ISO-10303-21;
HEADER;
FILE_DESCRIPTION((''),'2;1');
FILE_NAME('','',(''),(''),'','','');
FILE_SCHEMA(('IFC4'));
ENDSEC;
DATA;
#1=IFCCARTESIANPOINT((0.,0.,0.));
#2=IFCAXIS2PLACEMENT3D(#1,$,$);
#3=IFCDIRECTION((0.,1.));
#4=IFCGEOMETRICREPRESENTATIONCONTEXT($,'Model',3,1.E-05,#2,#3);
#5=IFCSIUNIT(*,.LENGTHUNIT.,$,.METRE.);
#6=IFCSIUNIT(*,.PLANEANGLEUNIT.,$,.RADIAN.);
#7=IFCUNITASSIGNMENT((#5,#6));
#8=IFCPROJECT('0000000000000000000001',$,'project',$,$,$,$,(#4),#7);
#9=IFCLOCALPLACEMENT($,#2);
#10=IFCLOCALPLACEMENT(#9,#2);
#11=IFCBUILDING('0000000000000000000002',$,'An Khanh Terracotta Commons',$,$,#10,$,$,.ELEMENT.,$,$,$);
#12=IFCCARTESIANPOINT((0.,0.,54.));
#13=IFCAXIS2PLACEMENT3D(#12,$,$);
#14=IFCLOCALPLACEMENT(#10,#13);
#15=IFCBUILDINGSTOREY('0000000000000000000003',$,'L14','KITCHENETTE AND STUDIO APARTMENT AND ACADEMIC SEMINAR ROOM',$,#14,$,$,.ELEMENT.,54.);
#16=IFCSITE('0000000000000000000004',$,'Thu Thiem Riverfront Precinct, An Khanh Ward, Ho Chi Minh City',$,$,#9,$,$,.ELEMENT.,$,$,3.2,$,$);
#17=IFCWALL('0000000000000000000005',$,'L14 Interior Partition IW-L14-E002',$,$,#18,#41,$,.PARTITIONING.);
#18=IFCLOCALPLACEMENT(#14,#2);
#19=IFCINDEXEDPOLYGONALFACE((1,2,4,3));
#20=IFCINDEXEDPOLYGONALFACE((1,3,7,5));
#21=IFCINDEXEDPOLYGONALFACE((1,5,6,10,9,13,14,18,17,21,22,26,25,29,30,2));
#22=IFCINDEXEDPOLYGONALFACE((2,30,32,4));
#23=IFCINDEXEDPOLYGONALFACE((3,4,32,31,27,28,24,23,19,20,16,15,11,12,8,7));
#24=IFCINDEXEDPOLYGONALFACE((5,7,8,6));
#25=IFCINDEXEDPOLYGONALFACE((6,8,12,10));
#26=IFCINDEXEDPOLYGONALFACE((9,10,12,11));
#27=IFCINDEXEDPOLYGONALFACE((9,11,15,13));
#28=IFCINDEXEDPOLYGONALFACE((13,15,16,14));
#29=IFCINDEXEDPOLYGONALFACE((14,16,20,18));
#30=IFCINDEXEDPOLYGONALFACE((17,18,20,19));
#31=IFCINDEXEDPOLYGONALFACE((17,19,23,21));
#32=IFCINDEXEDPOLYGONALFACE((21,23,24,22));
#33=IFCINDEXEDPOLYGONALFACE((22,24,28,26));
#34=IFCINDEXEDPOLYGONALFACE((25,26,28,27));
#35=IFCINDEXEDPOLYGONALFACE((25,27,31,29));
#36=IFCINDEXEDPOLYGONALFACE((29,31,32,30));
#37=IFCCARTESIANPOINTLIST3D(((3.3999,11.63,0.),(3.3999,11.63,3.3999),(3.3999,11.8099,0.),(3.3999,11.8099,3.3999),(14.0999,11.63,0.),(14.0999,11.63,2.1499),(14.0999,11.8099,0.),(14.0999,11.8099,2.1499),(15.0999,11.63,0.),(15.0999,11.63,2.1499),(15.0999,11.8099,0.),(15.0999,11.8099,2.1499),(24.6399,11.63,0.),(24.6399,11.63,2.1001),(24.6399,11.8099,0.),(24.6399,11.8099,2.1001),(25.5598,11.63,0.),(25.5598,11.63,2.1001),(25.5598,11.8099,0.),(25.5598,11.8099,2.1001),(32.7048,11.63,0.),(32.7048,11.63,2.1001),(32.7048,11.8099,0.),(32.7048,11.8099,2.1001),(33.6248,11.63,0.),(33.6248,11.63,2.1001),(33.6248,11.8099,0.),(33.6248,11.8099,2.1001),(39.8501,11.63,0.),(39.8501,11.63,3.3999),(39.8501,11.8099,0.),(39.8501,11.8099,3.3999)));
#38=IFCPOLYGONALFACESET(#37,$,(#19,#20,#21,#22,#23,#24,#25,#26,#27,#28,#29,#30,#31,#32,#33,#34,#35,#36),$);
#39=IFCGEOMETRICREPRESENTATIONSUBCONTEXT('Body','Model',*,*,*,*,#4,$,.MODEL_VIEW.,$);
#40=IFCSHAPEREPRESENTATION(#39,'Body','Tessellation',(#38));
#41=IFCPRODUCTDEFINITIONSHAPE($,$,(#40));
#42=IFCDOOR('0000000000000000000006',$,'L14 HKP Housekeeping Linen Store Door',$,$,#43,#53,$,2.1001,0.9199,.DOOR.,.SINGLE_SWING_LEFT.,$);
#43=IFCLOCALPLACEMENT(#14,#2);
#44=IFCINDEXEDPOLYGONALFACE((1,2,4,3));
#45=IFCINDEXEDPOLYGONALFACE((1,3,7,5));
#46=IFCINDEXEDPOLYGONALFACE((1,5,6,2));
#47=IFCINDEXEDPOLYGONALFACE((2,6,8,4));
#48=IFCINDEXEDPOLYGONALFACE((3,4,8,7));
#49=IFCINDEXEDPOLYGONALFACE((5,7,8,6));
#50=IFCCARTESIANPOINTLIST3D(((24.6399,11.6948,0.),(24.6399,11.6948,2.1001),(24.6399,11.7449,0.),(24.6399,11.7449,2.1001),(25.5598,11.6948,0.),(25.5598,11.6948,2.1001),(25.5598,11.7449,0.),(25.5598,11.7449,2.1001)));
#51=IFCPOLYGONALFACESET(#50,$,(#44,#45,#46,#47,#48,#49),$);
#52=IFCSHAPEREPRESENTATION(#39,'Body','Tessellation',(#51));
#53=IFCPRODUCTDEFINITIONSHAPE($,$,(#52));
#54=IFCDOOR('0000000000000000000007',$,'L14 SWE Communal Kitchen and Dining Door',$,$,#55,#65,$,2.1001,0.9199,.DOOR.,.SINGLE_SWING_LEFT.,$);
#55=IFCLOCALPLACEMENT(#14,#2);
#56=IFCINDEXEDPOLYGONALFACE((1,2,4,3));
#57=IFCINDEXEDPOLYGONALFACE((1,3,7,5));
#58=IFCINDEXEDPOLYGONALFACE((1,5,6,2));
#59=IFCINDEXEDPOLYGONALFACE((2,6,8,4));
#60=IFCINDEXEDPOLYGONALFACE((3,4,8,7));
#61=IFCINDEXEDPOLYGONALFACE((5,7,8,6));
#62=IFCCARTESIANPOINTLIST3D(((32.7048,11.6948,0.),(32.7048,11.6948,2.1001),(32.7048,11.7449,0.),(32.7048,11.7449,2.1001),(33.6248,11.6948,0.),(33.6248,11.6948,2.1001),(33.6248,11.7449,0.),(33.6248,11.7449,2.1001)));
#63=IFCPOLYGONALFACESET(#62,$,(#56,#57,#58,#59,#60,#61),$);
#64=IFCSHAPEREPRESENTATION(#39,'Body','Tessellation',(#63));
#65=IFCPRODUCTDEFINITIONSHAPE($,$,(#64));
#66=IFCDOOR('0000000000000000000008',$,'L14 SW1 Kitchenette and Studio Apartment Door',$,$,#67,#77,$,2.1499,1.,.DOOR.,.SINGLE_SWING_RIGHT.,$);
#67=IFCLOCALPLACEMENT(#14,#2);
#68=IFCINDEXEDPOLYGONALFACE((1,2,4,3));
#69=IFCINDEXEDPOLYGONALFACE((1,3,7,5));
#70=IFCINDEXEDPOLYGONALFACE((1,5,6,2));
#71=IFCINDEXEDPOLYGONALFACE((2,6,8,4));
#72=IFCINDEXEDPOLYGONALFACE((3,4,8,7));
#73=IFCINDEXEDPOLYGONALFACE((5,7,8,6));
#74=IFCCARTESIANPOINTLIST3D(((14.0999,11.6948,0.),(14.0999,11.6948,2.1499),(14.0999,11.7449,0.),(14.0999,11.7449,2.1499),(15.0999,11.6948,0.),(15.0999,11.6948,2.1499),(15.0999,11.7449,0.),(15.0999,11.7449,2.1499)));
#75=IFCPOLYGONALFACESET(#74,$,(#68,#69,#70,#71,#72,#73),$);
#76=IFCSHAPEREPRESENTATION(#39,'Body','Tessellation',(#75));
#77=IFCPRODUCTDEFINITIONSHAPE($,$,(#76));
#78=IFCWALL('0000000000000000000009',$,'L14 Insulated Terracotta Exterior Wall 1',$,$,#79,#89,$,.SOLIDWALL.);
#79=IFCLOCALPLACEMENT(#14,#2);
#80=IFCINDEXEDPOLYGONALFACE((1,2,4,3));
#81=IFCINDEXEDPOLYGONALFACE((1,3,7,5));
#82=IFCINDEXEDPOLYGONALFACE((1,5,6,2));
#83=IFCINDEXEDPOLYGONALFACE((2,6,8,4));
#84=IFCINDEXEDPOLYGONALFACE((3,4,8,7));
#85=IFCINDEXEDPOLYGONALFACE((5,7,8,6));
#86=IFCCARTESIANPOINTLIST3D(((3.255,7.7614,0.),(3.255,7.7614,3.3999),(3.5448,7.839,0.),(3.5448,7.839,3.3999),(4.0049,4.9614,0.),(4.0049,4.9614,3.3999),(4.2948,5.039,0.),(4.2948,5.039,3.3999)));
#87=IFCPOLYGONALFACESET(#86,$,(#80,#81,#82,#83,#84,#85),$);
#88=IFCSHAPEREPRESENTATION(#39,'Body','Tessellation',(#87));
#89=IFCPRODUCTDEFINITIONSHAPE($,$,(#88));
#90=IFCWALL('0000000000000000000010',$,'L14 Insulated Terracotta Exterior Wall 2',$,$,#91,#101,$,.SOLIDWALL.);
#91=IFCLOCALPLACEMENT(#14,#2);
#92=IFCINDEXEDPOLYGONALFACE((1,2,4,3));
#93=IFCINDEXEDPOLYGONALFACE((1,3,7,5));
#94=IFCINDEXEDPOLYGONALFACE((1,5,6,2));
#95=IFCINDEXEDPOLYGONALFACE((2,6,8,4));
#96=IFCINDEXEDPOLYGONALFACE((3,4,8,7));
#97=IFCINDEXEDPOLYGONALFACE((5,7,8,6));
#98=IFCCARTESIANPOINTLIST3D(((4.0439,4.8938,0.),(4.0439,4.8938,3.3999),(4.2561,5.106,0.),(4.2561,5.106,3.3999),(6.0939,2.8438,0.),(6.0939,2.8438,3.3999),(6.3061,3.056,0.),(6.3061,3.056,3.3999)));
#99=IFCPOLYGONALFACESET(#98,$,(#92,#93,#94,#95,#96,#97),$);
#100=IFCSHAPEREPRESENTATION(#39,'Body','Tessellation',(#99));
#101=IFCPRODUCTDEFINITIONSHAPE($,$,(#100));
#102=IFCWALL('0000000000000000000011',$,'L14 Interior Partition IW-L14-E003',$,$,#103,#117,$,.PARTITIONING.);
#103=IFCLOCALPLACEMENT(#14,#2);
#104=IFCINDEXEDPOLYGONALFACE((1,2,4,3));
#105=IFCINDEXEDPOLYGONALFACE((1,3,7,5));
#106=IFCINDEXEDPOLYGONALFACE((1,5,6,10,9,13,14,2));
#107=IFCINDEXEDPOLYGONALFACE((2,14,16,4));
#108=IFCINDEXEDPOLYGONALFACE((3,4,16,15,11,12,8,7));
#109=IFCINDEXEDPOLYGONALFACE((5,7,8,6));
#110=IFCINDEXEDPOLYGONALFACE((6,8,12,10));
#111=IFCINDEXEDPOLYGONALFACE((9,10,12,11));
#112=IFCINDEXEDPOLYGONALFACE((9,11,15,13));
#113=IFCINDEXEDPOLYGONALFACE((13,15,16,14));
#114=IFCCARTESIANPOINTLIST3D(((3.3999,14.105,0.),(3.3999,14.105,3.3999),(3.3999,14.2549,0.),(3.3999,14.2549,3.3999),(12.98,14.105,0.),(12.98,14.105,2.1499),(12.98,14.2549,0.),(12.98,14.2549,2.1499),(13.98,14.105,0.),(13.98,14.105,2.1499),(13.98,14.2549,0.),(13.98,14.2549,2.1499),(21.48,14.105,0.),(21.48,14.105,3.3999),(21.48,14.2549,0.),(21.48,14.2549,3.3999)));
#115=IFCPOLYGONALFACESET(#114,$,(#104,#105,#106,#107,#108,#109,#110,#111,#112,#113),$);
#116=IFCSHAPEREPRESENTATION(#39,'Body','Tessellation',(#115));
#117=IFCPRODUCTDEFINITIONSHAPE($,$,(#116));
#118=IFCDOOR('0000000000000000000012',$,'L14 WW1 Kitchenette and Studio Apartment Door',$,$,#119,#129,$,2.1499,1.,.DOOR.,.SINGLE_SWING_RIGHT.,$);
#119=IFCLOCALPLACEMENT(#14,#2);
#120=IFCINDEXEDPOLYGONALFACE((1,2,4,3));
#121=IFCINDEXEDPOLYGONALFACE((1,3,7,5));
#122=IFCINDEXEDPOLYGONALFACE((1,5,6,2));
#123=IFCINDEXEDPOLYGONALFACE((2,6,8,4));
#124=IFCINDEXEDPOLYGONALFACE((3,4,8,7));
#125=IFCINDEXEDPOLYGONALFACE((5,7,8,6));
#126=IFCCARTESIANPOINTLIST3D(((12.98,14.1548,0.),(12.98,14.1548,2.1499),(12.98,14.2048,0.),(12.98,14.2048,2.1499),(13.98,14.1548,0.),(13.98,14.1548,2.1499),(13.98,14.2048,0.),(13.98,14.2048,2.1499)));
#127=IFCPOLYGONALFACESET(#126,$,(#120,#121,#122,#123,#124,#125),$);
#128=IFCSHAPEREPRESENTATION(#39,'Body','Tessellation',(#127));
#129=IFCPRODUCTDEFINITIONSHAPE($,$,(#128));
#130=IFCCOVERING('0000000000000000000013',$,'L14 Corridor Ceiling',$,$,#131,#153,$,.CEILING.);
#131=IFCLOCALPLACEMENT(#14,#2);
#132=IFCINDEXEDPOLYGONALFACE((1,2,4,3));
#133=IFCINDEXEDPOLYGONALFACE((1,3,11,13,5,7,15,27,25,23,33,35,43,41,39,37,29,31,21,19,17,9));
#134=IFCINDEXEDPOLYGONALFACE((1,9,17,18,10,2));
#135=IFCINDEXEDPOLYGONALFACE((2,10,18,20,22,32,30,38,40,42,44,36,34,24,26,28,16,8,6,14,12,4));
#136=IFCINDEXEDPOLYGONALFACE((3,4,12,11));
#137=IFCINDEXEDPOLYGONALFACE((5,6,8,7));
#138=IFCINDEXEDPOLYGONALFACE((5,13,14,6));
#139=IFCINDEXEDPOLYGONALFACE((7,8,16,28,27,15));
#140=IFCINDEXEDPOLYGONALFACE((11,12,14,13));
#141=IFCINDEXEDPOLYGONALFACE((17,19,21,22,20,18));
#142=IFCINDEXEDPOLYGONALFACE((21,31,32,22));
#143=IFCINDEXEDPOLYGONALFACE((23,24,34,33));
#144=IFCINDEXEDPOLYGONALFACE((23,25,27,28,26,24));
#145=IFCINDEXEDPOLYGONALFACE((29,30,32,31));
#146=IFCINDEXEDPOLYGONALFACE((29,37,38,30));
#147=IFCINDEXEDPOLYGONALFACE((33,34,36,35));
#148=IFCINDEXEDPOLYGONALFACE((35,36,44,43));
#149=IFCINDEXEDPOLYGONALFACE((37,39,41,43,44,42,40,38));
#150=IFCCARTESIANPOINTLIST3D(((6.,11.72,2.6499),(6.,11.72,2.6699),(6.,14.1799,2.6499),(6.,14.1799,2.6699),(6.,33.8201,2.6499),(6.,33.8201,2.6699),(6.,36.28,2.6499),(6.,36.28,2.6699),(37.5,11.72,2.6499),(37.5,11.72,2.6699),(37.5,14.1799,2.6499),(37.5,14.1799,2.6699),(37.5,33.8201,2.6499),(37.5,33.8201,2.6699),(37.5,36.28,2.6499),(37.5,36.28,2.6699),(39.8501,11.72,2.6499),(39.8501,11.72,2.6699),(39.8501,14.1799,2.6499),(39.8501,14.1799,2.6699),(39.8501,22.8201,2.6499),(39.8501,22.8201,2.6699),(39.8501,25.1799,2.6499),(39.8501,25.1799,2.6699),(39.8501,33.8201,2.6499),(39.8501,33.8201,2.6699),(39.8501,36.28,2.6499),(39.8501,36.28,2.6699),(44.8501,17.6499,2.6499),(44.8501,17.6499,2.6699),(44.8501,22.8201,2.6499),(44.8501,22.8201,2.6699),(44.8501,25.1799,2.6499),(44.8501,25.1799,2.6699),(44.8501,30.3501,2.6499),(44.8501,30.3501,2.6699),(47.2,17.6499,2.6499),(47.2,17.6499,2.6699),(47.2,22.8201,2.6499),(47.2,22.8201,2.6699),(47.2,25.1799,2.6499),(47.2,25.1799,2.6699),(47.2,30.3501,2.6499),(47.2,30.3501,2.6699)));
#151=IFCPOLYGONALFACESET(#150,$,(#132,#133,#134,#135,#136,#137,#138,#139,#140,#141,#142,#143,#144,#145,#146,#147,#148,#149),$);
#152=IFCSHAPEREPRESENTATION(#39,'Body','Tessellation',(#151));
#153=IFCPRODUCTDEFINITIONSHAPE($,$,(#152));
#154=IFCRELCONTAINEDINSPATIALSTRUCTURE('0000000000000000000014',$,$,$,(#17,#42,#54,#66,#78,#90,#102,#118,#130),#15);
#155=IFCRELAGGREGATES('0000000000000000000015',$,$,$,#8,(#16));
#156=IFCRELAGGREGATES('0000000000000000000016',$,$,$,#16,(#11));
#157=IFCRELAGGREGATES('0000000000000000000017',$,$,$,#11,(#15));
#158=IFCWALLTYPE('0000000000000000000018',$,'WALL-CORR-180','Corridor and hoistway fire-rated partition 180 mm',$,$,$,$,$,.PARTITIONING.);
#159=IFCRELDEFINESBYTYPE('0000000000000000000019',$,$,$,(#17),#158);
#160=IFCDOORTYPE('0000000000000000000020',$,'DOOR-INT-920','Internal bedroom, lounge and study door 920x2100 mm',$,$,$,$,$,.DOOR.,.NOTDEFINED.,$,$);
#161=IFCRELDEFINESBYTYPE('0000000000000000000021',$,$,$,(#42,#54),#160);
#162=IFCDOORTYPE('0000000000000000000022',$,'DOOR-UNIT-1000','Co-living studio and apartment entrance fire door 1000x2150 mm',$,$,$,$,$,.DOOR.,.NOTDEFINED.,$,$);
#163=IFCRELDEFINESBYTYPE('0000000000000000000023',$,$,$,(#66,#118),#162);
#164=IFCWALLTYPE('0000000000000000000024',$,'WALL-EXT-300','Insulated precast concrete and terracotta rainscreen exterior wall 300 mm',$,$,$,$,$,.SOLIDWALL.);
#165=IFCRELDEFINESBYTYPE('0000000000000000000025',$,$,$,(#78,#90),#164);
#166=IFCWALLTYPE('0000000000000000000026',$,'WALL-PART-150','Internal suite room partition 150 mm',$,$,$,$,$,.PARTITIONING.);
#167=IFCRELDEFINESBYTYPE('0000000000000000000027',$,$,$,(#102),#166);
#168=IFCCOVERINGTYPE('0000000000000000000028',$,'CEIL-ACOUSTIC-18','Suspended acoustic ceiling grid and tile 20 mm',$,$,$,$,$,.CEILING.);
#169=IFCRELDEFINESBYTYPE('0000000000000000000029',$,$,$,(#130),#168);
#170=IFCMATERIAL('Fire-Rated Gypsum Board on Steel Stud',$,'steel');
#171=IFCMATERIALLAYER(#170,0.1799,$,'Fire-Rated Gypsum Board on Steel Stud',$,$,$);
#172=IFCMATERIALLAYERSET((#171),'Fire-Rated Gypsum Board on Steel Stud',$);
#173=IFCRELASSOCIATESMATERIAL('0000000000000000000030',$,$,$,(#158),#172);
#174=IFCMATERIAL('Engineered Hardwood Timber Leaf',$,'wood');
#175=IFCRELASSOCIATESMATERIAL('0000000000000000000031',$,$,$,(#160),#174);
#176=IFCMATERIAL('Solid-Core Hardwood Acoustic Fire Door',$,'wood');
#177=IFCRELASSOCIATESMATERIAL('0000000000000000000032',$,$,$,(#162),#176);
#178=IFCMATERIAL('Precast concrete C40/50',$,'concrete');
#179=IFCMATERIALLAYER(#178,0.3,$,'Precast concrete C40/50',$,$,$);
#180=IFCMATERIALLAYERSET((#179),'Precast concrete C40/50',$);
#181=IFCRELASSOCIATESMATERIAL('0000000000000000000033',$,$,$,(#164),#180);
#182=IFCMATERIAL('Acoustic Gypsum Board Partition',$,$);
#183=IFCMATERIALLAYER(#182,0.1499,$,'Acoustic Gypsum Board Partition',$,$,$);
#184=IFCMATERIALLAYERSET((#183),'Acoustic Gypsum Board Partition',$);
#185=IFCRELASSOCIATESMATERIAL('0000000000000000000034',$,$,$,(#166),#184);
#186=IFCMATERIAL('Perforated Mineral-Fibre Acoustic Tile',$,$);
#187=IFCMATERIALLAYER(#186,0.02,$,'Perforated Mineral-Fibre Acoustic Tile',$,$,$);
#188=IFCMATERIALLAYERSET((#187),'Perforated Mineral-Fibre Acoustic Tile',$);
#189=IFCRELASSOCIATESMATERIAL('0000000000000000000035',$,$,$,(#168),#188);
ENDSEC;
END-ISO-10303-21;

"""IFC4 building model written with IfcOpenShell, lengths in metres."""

from ifc_helpers import new_model, si_unit, direction, frame, frame_2d, origin, place, context, subcontext, project, spatial, polyline, rectangle, outline, extrude, material, layer, layer_set, type_object, element, fill, save


model = new_model("IFC4")

# Units and contexts
model_context = context("Model", 3, precision=1e-05, world=origin(), true_north=direction((0.0, 1.0)))
body_context = subcontext(model_context, "Body", "Model", "MODEL_VIEW")
ifc_project = project(units=[si_unit("LENGTHUNIT", "METRE"), si_unit("PLANEANGLEUNIT", "RADIAN")], contexts=[model_context])

# Site, building, storey
site_placement = place(None, origin())
site = spatial("IfcSite", under=ifc_project, at=site_placement, Name="Thu Thiem Riverfront Precinct, An Khanh Ward, Ho Chi Minh City", CompositionType="ELEMENT", RefElevation=3.2)
building_placement = place(site_placement, origin())
building = spatial("IfcBuilding", under=site, at=building_placement, Name="An Khanh Terracotta Commons", CompositionType="ELEMENT")
storey_placement = place(building_placement, frame((0.0, 0.0, 54.0)))
storey = spatial("IfcBuildingStorey", under=building, at=storey_placement, Name="L14", Description="KITCHENETTE AND STUDIO APARTMENT AND ACADEMIC SEMINAR ROOM", CompositionType="ELEMENT", Elevation=54.0)

# Shared definitions
ifc_material_1 = material(Name="Precast concrete C40/50", Category="concrete")

# Wall, openings, doors
ifc_material_2 = material(Name="Fire-Rated Gypsum Board on Steel Stud", Category="steel")
ifc_layer_1 = layer(ifc_material_2, 0.1799, Name="Fire-Rated Gypsum Board on Steel Stud")
ifc_layer_set_1 = layer_set([ifc_layer_1], Name="Fire-Rated Gypsum Board on Steel Stud")
wall_type_1 = type_object("IfcWallType", Name="WALL-CORR-180", Description="Corridor and hoistway fire-rated partition 180 mm", PredefinedType="PARTITIONING", material=ifc_layer_set_1)
wall_1_placement = place(storey_placement, frame((3.3999, 11.72, 0.0), z_axis=(0.0, 0.0, 1.0), x_axis=(1.0, 0.0, 0.0)))
wall_1 = element("IfcWall", 1, at=wall_1_placement, inside=storey, type_object=wall_type_1, Name="L14 Interior Partition IW-L14-E002", PredefinedType="PARTITIONING", context=body_context, shape_type="SweptSolid", body=[
    extrude(rectangle(XDim=36.4502, YDim=0.1799, at=frame_2d((18.2251, 0.0))), origin(), (0.0, 0.0, 1.0), 3.3999),
])
opening_1_placement = place(wall_1_placement, frame((21.24, 0.0, 0.0)))
opening_1 = element("IfcOpeningElement", 2, at=opening_1_placement, cuts=wall_1, PredefinedType="OPENING", context=body_context, shape_type="SweptSolid", body=[
    extrude(rectangle(XDim=0.9199, YDim=2.1001, at=frame_2d((0.46, 1.05))), frame((0.0, 0.0999, 0.0), z_axis=(0.0, -1.0, 0.0), x_axis=(1.0, 0.0, 0.0)), (0.0, 0.0, 1.0), 0.2),
])
opening_2_placement = place(wall_1_placement, frame((10.7, 0.0, 0.0)))
opening_2 = element("IfcOpeningElement", 3, at=opening_2_placement, cuts=wall_1, PredefinedType="OPENING", context=body_context, shape_type="SweptSolid", body=[
    extrude(rectangle(XDim=1.0, YDim=2.1499, at=frame_2d((0.5, 1.075))), frame((0.0, 0.0999, 0.0), z_axis=(0.0, -1.0, 0.0), x_axis=(1.0, 0.0, 0.0)), (0.0, 0.0, 1.0), 0.2),
])
opening_3_placement = place(wall_1_placement, frame((29.3049, 0.0, 0.0)))
opening_3 = element("IfcOpeningElement", 4, at=opening_3_placement, cuts=wall_1, PredefinedType="OPENING", context=body_context, shape_type="SweptSolid", body=[
    extrude(rectangle(XDim=0.9199, YDim=2.1001, at=frame_2d((0.46, 1.05))), frame((0.0, 0.0999, 0.0), z_axis=(0.0, -1.0, 0.0), x_axis=(1.0, 0.0, 0.0)), (0.0, 0.0, 1.0), 0.2),
])
ifc_material_3 = material(Name="Engineered Hardwood Timber Leaf", Category="wood")
door_type_1 = type_object("IfcDoorType", Name="DOOR-INT-920", Description="Internal bedroom, lounge and study door 920x2100 mm", OperationType="NOTDEFINED", PredefinedType="DOOR", material=ifc_material_3)
door_1_placement = place(opening_1_placement, origin())
door_1 = element("IfcDoor", 5, at=door_1_placement, inside=storey, type_object=door_type_1, Name="L14 HKP Housekeeping Linen Store Door", OperationType="SINGLE_SWING_LEFT", OverallHeight=2.1001, OverallWidth=0.9199, PredefinedType="DOOR", context=body_context, shape_type="SweptSolid", body=[
    extrude(rectangle(XDim=0.9199, YDim=2.1001, at=frame_2d((0.46, 1.05))), frame((0.0, 0.0249, 0.0), z_axis=(0.0, -1.0, 0.0), x_axis=(1.0, 0.0, 0.0)), (0.0, 0.0, 1.0), 0.05),
])
fill(opening_1, door_1)
door_2_placement = place(opening_3_placement, origin())
door_2 = element("IfcDoor", 6, at=door_2_placement, inside=storey, type_object=door_type_1, Name="L14 SWE Communal Kitchen and Dining Door", OperationType="SINGLE_SWING_LEFT", OverallHeight=2.1001, OverallWidth=0.9199, PredefinedType="DOOR", context=body_context, shape_type="SweptSolid", body=[
    extrude(rectangle(XDim=0.9199, YDim=2.1001, at=frame_2d((0.46, 1.05))), frame((0.0, 0.0249, 0.0), z_axis=(0.0, -1.0, 0.0), x_axis=(1.0, 0.0, 0.0)), (0.0, 0.0, 1.0), 0.05),
])
fill(opening_3, door_2)
ifc_material_4 = material(Name="Solid-Core Hardwood Acoustic Fire Door", Category="wood")
door_type_2 = type_object("IfcDoorType", Name="DOOR-UNIT-1000", Description="Co-living studio and apartment entrance fire door 1000x2150 mm", OperationType="NOTDEFINED", PredefinedType="DOOR", material=ifc_material_4)
door_3_placement = place(opening_2_placement, origin())
door_3 = element("IfcDoor", 7, at=door_3_placement, inside=storey, type_object=door_type_2, Name="L14 SW1 Kitchenette and Studio Apartment Door", OperationType="SINGLE_SWING_RIGHT", OverallHeight=2.1499, OverallWidth=1.0, PredefinedType="DOOR", context=body_context, shape_type="SweptSolid", body=[
    extrude(rectangle(XDim=1.0, YDim=2.1499, at=frame_2d((0.5, 1.075))), frame((0.0, 0.0249, 0.0), z_axis=(0.0, -1.0, 0.0), x_axis=(1.0, 0.0, 0.0)), (0.0, 0.0, 1.0), 0.05),
])
fill(opening_2, door_3)

# Walls
ifc_layer_2 = layer(ifc_material_1, 0.3, Name="Precast concrete C40/50")
ifc_layer_set_2 = layer_set([ifc_layer_2], Name="Precast concrete C40/50")
wall_type_2 = type_object("IfcWallType", Name="WALL-EXT-300", Description="Insulated precast concrete and terracotta rainscreen exterior wall 300 mm", PredefinedType="SOLIDWALL", material=ifc_layer_set_2)
wall_2_placement = place(storey_placement, frame((3.3999, 7.8, 0.0), z_axis=(0.0, 0.0, 1.0), x_axis=(0.258732, -0.965949, 0.0)))
element("IfcWall", 8, at=wall_2_placement, inside=storey, type_object=wall_type_2, Name="L14 Insulated Terracotta Exterior Wall 1", PredefinedType="SOLIDWALL", context=body_context, shape_type="SweptSolid", body=[
    extrude(rectangle(XDim=2.8987, YDim=0.3, at=frame_2d((1.4492, 0.0))), origin(), (0.0, 0.0, 1.0), 3.3999),
])
wall_3_placement = place(storey_placement, frame((4.1499, 5.0, 0.0), z_axis=(0.0, 0.0, 1.0), x_axis=(0.707107, -0.707107, 0.0)))
element("IfcWall", 9, at=wall_3_placement, inside=storey, type_object=wall_type_2, Name="L14 Insulated Terracotta Exterior Wall 2", PredefinedType="SOLIDWALL", context=body_context, shape_type="SweptSolid", body=[
    extrude(rectangle(XDim=2.8992, YDim=0.3, at=frame_2d((1.4497, 0.0))), origin(), (0.0, 0.0, 1.0), 3.3999),
])

# Wall, opening, door
ifc_material_5 = material(Name="Acoustic Gypsum Board Partition")
ifc_layer_3 = layer(ifc_material_5, 0.1499, Name="Acoustic Gypsum Board Partition")
ifc_layer_set_3 = layer_set([ifc_layer_3], Name="Acoustic Gypsum Board Partition")
wall_type_3 = type_object("IfcWallType", Name="WALL-PART-150", Description="Internal suite room partition 150 mm", PredefinedType="PARTITIONING", material=ifc_layer_set_3)
wall_4_placement = place(storey_placement, frame((3.3999, 14.1799, 0.0), z_axis=(0.0, 0.0, 1.0), x_axis=(1.0, 0.0, 0.0)))
wall_4 = element("IfcWall", 10, at=wall_4_placement, inside=storey, type_object=wall_type_3, Name="L14 Interior Partition IW-L14-E003", PredefinedType="PARTITIONING", context=body_context, shape_type="SweptSolid", body=[
    extrude(rectangle(XDim=18.0801, YDim=0.1499, at=frame_2d((9.04, 0.0))), origin(), (0.0, 0.0, 1.0), 3.3999),
])
opening_4_placement = place(wall_4_placement, frame((9.5801, 0.0, 0.0)))
opening_4 = element("IfcOpeningElement", 11, at=opening_4_placement, cuts=wall_4, PredefinedType="OPENING", context=body_context, shape_type="SweptSolid", body=[
    extrude(rectangle(XDim=1.0, YDim=2.1499, at=frame_2d((0.5, 1.075))), frame((0.0, 0.085, 0.0), z_axis=(0.0, -1.0, 0.0), x_axis=(1.0, 0.0, 0.0)), (0.0, 0.0, 1.0), 0.1699),
])
door_4_placement = place(opening_4_placement, origin())
door_4 = element("IfcDoor", 12, at=door_4_placement, inside=storey, type_object=door_type_2, Name="L14 WW1 Kitchenette and Studio Apartment Door", OperationType="SINGLE_SWING_RIGHT", OverallHeight=2.1499, OverallWidth=1.0, PredefinedType="DOOR", context=body_context, shape_type="SweptSolid", body=[
    extrude(rectangle(XDim=1.0, YDim=2.1499, at=frame_2d((0.5, 1.075))), frame((0.0, 0.0249, 0.0), z_axis=(0.0, -1.0, 0.0), x_axis=(1.0, 0.0, 0.0)), (0.0, 0.0, 1.0), 0.05),
])
fill(opening_4, door_4)

# Covering
ifc_material_6 = material(Name="Perforated Mineral-Fibre Acoustic Tile")
ifc_layer_4 = layer(ifc_material_6, 0.02, Name="Perforated Mineral-Fibre Acoustic Tile")
ifc_layer_set_4 = layer_set([ifc_layer_4], Name="Perforated Mineral-Fibre Acoustic Tile")
covering_type = type_object("IfcCoveringType", Name="CEIL-ACOUSTIC-18", Description="Suspended acoustic ceiling grid and tile 20 mm", PredefinedType="CEILING", material=ifc_layer_set_4)
covering_1_placement = place(storey_placement, frame((0.0, 0.0, 2.6499)))
element("IfcCovering", 13, at=covering_1_placement, inside=storey, type_object=covering_type, Name="L14 Corridor Ceiling", PredefinedType="CEILING", context=body_context, shape_type="SweptSolid", body=[
    extrude(outline(polyline([(6.0, 11.72), (6.0, 14.1799), (37.5, 14.1799), (37.5, 33.8201), (6.0, 33.8201), (6.0, 36.28), (37.5, 36.28), (39.8501, 36.28), (39.8501, 33.8201), (39.8501, 25.1799), (44.8501, 25.1799), (44.8501, 30.3501), (47.2, 30.3501), (47.2, 25.1799), (47.2, 22.8201), (47.2, 17.6499), (44.8501, 17.6499), (44.8501, 22.8201), (39.8501, 22.8201), (39.8501, 14.1799), (39.8501, 11.72), (37.5, 11.72), (6.0, 11.72)])), origin(), (0.0, 0.0, 1.0), 0.02),
])

save(model, "model.ifc")
